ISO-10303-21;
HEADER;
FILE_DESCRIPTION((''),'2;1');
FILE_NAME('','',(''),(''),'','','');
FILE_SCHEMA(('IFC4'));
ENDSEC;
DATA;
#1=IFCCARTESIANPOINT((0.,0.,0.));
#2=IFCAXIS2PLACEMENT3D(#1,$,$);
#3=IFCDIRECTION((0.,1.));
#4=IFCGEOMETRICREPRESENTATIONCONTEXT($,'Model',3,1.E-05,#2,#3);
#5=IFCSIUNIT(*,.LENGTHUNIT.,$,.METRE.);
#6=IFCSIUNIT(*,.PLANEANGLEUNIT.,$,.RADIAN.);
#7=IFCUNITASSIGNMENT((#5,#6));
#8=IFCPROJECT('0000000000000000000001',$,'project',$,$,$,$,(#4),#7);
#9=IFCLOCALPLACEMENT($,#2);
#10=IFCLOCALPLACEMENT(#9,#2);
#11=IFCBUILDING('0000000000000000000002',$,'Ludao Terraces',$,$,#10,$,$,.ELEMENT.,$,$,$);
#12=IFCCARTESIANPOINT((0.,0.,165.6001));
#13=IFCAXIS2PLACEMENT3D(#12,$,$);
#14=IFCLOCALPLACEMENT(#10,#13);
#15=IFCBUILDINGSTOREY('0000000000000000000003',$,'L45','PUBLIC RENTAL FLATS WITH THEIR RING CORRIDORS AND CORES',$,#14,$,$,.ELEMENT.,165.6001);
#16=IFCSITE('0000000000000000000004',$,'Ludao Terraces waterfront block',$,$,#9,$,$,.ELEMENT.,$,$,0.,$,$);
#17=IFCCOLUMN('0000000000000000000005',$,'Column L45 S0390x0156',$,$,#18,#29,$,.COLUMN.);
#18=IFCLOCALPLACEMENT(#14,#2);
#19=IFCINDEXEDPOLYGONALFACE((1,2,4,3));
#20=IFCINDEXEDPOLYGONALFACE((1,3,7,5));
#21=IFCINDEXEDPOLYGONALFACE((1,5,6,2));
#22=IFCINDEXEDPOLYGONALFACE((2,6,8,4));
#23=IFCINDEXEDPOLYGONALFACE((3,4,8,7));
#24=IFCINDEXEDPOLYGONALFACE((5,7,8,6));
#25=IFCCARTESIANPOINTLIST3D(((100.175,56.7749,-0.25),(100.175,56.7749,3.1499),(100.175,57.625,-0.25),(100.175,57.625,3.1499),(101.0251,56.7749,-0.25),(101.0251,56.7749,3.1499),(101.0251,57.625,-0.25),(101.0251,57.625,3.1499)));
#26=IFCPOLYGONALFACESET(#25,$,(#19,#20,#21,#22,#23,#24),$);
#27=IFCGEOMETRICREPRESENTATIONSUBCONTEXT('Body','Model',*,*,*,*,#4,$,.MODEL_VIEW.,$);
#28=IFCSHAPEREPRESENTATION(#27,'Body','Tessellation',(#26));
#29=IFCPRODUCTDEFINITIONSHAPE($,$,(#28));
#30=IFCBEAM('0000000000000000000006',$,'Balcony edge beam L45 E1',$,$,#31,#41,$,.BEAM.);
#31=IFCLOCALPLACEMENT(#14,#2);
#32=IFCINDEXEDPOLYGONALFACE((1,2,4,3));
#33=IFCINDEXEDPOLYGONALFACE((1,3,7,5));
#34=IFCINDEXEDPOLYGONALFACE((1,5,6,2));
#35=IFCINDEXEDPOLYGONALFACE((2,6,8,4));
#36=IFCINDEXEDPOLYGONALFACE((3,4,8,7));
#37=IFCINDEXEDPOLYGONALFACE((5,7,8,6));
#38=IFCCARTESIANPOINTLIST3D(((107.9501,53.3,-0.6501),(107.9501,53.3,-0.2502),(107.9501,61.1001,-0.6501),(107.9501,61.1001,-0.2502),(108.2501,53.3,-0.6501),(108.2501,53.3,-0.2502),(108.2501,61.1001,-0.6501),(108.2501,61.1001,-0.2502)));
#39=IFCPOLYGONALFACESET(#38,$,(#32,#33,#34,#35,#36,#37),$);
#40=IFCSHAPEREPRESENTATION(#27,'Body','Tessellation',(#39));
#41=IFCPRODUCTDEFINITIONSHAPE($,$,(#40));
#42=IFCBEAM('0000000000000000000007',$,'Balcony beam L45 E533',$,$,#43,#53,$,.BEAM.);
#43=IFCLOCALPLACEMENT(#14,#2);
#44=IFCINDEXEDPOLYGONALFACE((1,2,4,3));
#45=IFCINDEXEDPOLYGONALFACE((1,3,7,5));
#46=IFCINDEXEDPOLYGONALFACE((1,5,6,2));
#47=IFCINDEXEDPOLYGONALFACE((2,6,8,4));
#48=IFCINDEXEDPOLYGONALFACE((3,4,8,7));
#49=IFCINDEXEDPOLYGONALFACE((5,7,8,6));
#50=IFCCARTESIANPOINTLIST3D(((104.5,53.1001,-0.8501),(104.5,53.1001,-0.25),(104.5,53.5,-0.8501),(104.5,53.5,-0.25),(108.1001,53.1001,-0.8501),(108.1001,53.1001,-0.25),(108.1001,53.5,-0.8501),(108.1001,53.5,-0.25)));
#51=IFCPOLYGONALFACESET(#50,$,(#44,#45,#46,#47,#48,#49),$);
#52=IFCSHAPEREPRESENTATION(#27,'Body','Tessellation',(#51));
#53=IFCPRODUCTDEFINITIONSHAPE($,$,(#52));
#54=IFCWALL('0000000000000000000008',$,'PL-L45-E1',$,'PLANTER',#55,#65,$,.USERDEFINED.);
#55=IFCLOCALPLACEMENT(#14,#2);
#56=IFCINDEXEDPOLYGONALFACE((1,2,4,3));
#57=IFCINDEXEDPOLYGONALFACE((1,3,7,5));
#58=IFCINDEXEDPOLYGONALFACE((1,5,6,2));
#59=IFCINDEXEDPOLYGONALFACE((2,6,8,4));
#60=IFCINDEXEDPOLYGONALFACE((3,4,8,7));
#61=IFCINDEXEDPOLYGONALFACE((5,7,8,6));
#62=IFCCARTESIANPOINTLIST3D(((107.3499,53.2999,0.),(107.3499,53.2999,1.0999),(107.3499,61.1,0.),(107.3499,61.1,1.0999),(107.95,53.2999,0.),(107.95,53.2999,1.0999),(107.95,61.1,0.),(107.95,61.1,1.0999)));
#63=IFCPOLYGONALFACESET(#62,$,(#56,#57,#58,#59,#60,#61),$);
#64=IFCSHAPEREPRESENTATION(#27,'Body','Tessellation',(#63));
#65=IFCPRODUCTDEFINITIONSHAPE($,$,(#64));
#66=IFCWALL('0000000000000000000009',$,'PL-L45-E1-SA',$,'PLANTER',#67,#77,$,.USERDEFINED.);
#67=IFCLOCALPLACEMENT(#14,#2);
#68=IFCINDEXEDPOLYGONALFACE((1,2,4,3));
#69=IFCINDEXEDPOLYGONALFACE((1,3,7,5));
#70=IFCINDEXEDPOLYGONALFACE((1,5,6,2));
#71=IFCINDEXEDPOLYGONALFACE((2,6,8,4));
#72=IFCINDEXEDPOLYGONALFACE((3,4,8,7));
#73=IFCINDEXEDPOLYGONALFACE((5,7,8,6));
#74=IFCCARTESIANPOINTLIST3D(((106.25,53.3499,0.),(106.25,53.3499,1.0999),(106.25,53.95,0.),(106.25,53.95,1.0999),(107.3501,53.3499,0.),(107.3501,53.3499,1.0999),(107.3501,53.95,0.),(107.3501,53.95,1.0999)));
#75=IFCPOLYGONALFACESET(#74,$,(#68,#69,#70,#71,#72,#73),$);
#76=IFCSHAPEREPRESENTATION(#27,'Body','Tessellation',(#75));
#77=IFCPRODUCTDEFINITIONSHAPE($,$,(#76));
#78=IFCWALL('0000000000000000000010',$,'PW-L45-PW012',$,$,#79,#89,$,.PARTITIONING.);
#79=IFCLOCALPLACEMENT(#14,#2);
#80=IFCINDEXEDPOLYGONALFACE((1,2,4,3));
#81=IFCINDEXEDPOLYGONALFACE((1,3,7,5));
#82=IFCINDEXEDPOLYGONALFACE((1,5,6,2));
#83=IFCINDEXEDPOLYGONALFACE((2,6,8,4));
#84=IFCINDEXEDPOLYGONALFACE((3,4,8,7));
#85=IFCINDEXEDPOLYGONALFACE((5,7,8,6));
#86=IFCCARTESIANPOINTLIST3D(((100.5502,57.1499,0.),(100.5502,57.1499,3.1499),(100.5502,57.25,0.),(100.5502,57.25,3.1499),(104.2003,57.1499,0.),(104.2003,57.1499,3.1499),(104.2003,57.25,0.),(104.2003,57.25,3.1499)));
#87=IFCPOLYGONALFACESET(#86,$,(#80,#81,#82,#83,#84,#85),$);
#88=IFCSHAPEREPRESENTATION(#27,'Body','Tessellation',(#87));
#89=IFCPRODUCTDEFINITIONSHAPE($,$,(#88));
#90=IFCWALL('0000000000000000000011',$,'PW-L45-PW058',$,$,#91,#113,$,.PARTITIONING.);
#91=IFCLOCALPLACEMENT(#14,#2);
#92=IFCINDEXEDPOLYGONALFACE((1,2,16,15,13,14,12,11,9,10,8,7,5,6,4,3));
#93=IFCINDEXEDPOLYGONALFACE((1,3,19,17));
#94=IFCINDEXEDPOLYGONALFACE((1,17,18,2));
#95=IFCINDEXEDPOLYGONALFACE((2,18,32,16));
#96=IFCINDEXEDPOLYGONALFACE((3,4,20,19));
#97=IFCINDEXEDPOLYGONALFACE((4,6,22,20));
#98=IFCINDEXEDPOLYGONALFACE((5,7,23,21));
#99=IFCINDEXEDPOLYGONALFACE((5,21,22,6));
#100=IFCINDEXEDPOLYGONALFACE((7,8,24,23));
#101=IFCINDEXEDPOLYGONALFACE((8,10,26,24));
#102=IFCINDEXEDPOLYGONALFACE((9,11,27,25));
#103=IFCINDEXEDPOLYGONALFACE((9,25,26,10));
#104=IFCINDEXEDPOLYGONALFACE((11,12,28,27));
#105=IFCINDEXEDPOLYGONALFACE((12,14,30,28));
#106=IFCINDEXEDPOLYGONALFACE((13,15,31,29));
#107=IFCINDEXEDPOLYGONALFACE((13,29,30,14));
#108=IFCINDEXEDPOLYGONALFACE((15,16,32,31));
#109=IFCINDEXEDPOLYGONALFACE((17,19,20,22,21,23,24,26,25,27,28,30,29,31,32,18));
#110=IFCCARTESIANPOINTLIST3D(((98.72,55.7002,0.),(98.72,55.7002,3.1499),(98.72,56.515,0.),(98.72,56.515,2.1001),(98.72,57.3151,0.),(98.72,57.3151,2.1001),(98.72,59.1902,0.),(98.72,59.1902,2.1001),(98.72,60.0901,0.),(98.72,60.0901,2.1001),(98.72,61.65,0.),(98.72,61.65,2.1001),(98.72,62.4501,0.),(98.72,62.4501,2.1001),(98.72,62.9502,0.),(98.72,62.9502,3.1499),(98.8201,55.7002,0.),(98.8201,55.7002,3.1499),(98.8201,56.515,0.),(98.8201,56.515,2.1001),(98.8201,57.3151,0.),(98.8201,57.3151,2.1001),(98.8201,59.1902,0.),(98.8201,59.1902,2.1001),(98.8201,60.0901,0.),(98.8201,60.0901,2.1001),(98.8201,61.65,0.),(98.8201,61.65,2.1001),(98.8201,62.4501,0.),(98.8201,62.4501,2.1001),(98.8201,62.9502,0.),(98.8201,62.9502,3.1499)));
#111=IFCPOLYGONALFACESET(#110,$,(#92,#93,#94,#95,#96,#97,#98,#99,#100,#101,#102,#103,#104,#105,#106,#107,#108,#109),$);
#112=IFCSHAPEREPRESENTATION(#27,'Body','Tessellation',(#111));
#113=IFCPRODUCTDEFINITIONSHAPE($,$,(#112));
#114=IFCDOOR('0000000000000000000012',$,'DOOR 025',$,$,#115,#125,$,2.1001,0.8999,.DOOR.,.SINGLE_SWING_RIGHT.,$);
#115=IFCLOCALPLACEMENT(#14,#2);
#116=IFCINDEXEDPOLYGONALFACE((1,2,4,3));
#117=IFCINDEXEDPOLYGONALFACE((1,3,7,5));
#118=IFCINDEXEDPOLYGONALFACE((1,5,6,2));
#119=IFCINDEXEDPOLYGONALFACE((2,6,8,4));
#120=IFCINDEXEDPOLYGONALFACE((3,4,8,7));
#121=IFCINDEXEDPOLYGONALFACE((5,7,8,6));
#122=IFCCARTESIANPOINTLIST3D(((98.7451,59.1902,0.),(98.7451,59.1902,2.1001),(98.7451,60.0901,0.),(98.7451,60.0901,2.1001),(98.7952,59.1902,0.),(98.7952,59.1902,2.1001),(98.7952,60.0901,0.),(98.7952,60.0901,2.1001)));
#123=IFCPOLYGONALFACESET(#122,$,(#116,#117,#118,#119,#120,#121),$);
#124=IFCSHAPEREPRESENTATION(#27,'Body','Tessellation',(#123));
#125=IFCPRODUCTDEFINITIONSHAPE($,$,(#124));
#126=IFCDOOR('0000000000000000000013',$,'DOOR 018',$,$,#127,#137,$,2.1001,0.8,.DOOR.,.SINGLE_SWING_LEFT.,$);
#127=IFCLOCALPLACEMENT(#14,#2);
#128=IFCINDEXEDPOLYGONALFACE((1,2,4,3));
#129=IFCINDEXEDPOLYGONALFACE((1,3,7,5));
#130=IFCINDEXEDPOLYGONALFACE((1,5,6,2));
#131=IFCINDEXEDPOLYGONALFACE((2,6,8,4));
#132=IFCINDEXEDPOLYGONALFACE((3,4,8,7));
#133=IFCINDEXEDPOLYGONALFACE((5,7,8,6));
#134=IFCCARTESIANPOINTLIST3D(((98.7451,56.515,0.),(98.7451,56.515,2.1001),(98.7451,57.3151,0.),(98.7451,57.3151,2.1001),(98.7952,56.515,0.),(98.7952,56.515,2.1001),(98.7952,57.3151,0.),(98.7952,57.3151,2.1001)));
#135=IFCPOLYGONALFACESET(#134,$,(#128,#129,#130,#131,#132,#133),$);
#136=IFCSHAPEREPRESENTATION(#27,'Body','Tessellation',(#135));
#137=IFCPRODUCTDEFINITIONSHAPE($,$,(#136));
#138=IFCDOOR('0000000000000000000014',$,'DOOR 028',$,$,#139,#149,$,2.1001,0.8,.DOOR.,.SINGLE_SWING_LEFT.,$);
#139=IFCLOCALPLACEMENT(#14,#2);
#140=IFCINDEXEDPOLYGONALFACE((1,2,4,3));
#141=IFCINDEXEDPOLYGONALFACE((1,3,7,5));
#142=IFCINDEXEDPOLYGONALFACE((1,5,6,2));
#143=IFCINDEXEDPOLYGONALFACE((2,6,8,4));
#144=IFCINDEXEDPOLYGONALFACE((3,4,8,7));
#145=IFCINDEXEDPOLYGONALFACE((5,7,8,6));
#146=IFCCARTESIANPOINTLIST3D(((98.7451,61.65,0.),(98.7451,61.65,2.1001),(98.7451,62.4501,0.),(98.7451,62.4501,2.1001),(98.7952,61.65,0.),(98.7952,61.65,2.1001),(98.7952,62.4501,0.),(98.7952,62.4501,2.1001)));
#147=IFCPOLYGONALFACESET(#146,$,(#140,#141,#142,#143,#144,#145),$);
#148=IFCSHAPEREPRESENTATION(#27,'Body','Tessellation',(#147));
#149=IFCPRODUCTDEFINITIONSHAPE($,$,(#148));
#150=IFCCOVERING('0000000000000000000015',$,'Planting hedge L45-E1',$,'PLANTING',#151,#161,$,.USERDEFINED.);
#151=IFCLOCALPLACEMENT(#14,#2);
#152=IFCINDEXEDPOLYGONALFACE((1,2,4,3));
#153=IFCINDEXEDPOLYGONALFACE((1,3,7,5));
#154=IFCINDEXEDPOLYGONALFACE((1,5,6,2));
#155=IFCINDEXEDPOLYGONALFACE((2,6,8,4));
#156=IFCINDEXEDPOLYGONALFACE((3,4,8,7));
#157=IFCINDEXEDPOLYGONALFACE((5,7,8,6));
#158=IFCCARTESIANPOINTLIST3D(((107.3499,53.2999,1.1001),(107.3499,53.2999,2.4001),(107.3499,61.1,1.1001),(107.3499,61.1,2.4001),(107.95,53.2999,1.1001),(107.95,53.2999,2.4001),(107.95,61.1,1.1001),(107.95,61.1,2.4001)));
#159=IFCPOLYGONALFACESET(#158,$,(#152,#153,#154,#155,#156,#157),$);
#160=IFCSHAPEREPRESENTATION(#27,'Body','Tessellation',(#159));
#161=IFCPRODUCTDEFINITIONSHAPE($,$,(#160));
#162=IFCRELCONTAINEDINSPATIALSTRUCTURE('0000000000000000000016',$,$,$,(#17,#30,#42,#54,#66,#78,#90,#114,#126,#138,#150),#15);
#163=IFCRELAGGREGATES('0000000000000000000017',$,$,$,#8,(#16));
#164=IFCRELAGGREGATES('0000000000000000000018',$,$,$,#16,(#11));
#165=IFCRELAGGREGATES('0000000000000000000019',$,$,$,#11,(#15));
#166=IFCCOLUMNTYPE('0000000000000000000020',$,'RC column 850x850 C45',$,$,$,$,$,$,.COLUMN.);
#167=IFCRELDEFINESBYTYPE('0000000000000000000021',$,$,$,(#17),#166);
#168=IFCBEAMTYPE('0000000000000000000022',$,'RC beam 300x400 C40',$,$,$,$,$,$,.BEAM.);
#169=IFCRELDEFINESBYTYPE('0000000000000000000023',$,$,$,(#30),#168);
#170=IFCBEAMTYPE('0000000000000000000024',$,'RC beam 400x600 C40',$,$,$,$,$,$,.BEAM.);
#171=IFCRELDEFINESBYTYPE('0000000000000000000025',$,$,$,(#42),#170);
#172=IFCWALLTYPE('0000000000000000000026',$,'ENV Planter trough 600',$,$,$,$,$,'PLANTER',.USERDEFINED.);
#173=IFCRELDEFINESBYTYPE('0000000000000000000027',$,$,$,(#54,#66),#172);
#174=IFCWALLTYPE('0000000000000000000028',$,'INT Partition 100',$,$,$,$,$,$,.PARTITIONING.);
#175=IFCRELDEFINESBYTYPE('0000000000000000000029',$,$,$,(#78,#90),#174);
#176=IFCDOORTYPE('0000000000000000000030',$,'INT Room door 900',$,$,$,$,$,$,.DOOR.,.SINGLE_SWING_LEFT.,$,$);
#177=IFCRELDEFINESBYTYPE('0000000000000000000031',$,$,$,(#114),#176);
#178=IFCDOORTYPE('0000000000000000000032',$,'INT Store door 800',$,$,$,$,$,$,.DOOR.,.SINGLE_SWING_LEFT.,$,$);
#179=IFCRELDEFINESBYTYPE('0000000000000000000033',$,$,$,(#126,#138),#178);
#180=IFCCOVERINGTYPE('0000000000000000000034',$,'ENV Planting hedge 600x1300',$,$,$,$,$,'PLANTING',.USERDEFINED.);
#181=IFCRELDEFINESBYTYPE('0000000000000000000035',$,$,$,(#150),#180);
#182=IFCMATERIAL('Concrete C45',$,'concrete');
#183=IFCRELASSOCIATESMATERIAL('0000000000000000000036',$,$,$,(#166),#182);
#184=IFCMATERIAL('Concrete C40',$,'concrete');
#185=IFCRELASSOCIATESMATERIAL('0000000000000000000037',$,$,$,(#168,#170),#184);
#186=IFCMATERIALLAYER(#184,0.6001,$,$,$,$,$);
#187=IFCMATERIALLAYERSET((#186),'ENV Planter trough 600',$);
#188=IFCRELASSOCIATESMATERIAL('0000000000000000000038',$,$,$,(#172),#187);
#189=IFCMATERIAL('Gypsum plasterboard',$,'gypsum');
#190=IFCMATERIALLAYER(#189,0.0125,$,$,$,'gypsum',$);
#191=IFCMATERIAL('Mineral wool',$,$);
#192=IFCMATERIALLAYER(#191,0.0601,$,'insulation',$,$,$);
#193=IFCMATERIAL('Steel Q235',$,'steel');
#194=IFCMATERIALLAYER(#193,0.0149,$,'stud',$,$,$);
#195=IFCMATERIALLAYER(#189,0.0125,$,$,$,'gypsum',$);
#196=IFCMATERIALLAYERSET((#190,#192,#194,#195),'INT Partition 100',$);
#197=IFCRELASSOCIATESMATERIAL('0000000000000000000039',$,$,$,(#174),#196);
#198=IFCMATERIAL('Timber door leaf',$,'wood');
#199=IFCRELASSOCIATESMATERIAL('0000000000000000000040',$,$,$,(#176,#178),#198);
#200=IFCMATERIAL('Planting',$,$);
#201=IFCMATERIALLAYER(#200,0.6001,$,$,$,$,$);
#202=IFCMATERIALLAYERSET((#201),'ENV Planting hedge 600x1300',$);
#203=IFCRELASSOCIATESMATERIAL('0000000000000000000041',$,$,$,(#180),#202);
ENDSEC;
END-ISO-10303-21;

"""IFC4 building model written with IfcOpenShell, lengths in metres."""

from ifc_helpers import new_model, si_unit, direction, frame, frame_2d, origin, origin_2d, place, context, subcontext, project, spatial, rectangle, extrude, material, layer, layer_set, material_profile, profile_set, type_object, element, fill, save


model = new_model("IFC4")

# Units and contexts
model_context = context("Model", 3, precision=1e-05, world=origin(), true_north=direction((0.0, 1.0)))
body_context = subcontext(model_context, "Body", "Model", "MODEL_VIEW")
ifc_project = project(units=[si_unit("LENGTHUNIT", "METRE"), si_unit("PLANEANGLEUNIT", "RADIAN")], contexts=[model_context])

# Site, building, storey
site_placement = place(None, origin())
site = spatial("IfcSite", under=ifc_project, at=site_placement, Name="Ludao Terraces waterfront block", CompositionType="ELEMENT", RefElevation=0.0)
building_placement = place(site_placement, origin())
building = spatial("IfcBuilding", under=site, at=building_placement, Name="Ludao Terraces", CompositionType="ELEMENT")
storey_placement = place(building_placement, frame((0.0, 0.0, 165.6001)))
storey = spatial("IfcBuildingStorey", under=building, at=storey_placement, Name="L45", Description="PUBLIC RENTAL FLATS WITH THEIR RING CORRIDORS AND CORES", CompositionType="ELEMENT", Elevation=165.6001)

# Column
ifc_material_1 = material(Name="Concrete C45", Category="concrete")
ifc_material_profile_1 = material_profile(ifc_material_1, rectangle(XDim=0.8501, YDim=0.8501, at=origin_2d()), Name="850 X 850")
ifc_profile_set_1 = profile_set([ifc_material_profile_1], Name="Concrete C45")
column_type = type_object("IfcColumnType", Name="RC column 850x850 C45", PredefinedType="COLUMN", material=ifc_profile_set_1)
column_placement = place(storey_placement, frame((100.6001, 57.2, -0.25), z_axis=(0.0, 0.0, 1.0), x_axis=(1.0, 0.0, 0.0)))
element("IfcColumn", 1, at=column_placement, inside=storey, type_object=column_type, Name="Column L45 S0390x0156", PredefinedType="COLUMN", context=body_context, shape_type="SweptSolid", body=[
    extrude(rectangle(XDim=0.8501, YDim=0.8501, at=origin_2d()), origin(), (0.0, 0.0, 1.0), 3.3999),
])

# Beams
ifc_material_2 = material(Name="Concrete C40", Category="concrete")
ifc_material_profile_2 = material_profile(ifc_material_2, rectangle(XDim=0.3, YDim=0.3999, at=origin_2d()), Name="300 X 400")
ifc_profile_set_2 = profile_set([ifc_material_profile_2], Name="Concrete C40")
beam_type_1 = type_object("IfcBeamType", Name="RC beam 300x400 C40", PredefinedType="BEAM", material=ifc_profile_set_2)
beam_1_placement = place(storey_placement, frame((108.1001, 53.3, -0.4502), z_axis=(0.0, 1.0, 0.0), x_axis=(-1.0, 0.0, 0.0)))
element("IfcBeam", 2, at=beam_1_placement, inside=storey, type_object=beam_type_1, Name="Balcony edge beam L45 E1", PredefinedType="BEAM", context=body_context, shape_type="SweptSolid", body=[
    extrude(rectangle(XDim=0.3, YDim=0.3999, at=origin_2d()), origin(), (0.0, 0.0, 1.0), 7.8),
])
ifc_material_profile_3 = material_profile(ifc_material_2, rectangle(XDim=0.3999, YDim=0.6001, at=origin_2d()), Name="400 X 600")
ifc_profile_set_3 = profile_set([ifc_material_profile_3], Name="Concrete C40")
beam_type_2 = type_object("IfcBeamType", Name="RC beam 400x600 C40", PredefinedType="BEAM", material=ifc_profile_set_3)
beam_2_placement = place(storey_placement, frame((104.5, 53.3, -0.55), z_axis=(1.0, 0.0, 0.0), x_axis=(0.0, 1.0, 0.0)))
element("IfcBeam", 3, at=beam_2_placement, inside=storey, type_object=beam_type_2, Name="Balcony beam L45 E533", PredefinedType="BEAM", context=body_context, shape_type="SweptSolid", body=[
    extrude(rectangle(XDim=0.3999, YDim=0.6001, at=origin_2d()), origin(), (0.0, 0.0, 1.0), 3.6001),
])

# Walls
ifc_layer_1 = layer(ifc_material_2, 0.6001)
ifc_layer_set_1 = layer_set([ifc_layer_1], Name="ENV Planter trough 600")
wall_type_1 = type_object("IfcWallType", Name="ENV Planter trough 600", ElementType="PLANTER", PredefinedType="USERDEFINED", material=ifc_layer_set_1)
wall_1_placement = place(storey_placement, frame((107.6499, 53.3, 0.0), z_axis=(0.0, 0.0, 1.0), x_axis=(0.0, 1.0, 0.0)))
element("IfcWall", 4, at=wall_1_placement, inside=storey, type_object=wall_type_1, Name="PL-L45-E1", ObjectType="PLANTER", PredefinedType="USERDEFINED", context=body_context, shape_type="SweptSolid", body=[
    extrude(rectangle(XDim=7.8, YDim=0.6001, at=frame_2d((3.8999, 0.0))), origin(), (0.0, 0.0, 1.0), 1.0999),
])
wall_2_placement = place(storey_placement, frame((107.3501, 53.6499, 0.0), z_axis=(0.0, 0.0, 1.0), x_axis=(-1.0, 0.0, 0.0)))
element("IfcWall", 5, at=wall_2_placement, inside=storey, type_object=wall_type_1, Name="PL-L45-E1-SA", ObjectType="PLANTER", PredefinedType="USERDEFINED", context=body_context, shape_type="SweptSolid", body=[
    extrude(rectangle(XDim=1.1001, YDim=0.6001, at=frame_2d((0.55, 0.0))), origin(), (0.0, 0.0, 1.0), 1.0999),
])

# Shared definitions
ifc_material_3 = material(Name="Mineral wool")

# Wall
ifc_material_4 = material(Name="Gypsum plasterboard", Category="gypsum")
ifc_layer_2 = layer(ifc_material_4, 0.0125, Category="gypsum")
ifc_layer_3 = layer(ifc_material_3, 0.0601, Name="insulation")
ifc_material_5 = material(Name="Steel Q235", Category="steel")
ifc_layer_4 = layer(ifc_material_5, 0.0149, Name="stud")
ifc_layer_5 = layer(ifc_material_4, 0.0125, Category="gypsum")
ifc_layer_set_2 = layer_set([ifc_layer_2, ifc_layer_3, ifc_layer_4, ifc_layer_5], Name="INT Partition 100")
wall_type_2 = type_object("IfcWallType", Name="INT Partition 100", PredefinedType="PARTITIONING", material=ifc_layer_set_2)
wall_3_placement = place(storey_placement, frame((100.55, 57.2, 0.0), z_axis=(0.0, 0.0, 1.0), x_axis=(1.0, 0.0, 0.0)))
element("IfcWall", 6, at=wall_3_placement, inside=storey, type_object=wall_type_2, Name="PW-L45-PW012", PredefinedType="PARTITIONING", context=body_context, shape_type="SweptSolid", body=[
    extrude(rectangle(XDim=3.6501, YDim=0.1001, at=frame_2d((1.8252, 0.0))), origin(), (0.0, 0.0, 1.0), 3.1499),
])

# Wall, openings, doors
wall_4_placement = place(storey_placement, frame((98.77, 55.7002, 0.0), z_axis=(0.0, 0.0, 1.0), x_axis=(0.0, 1.0, 0.0)))
wall_4 = element("IfcWall", 7, at=wall_4_placement, inside=storey, type_object=wall_type_2, Name="PW-L45-PW058", PredefinedType="PARTITIONING", context=body_context, shape_type="SweptSolid", body=[
    extrude(rectangle(XDim=7.25, YDim=0.1001, at=frame_2d((3.625, 0.0))), origin(), (0.0, 0.0, 1.0), 3.1499),
])
opening_1_placement = place(wall_4_placement, frame((0.8149, 0.0, 0.0)))
opening_1 = element("IfcOpeningElement", 8, at=opening_1_placement, cuts=wall_4, PredefinedType="OPENING", context=body_context, shape_type="SweptSolid", body=[
    extrude(rectangle(XDim=0.8, YDim=2.1001, at=frame_2d((0.3999, 1.05))), frame((0.0, 0.0601, 0.0), z_axis=(0.0, -1.0, 0.0), x_axis=(1.0, 0.0, 0.0)), (0.0, 0.0, 1.0), 0.1201),
])
opening_2_placement = place(wall_4_placement, frame((3.49, 0.0, 0.0)))
opening_2 = element("IfcOpeningElement", 9, at=opening_2_placement, cuts=wall_4, PredefinedType="OPENING", context=body_context, shape_type="SweptSolid", body=[
    extrude(rectangle(XDim=0.8999, YDim=2.1001, at=frame_2d((0.45, 1.05))), frame((0.0, 0.0601, 0.0), z_axis=(0.0, -1.0, 0.0), x_axis=(1.0, 0.0, 0.0)), (0.0, 0.0, 1.0), 0.1201),
])
opening_3_placement = place(wall_4_placement, frame((5.95, 0.0, 0.0)))
opening_3 = element("IfcOpeningElement", 10, at=opening_3_placement, cuts=wall_4, PredefinedType="OPENING", context=body_context, shape_type="SweptSolid", body=[
    extrude(rectangle(XDim=0.8, YDim=2.1001, at=frame_2d((0.3999, 1.05))), frame((0.0, 0.0601, 0.0), z_axis=(0.0, -1.0, 0.0), x_axis=(1.0, 0.0, 0.0)), (0.0, 0.0, 1.0), 0.1201),
])
ifc_material_6 = material(Name="Timber door leaf", Category="wood")
door_type_1 = type_object("IfcDoorType", Name="INT Room door 900", OperationType="SINGLE_SWING_LEFT", PredefinedType="DOOR", material=ifc_material_6)
door_1_placement = place(opening_2_placement, origin())
door_1 = element("IfcDoor", 11, at=door_1_placement, inside=storey, type_object=door_type_1, Name="DOOR 025", OperationType="SINGLE_SWING_RIGHT", OverallHeight=2.1001, OverallWidth=0.8999, PredefinedType="DOOR", context=body_context, shape_type="SweptSolid", body=[
    extrude(rectangle(XDim=0.8999, YDim=2.1001, at=frame_2d((0.45, 1.05))), frame((0.0, 0.0249, 0.0), z_axis=(0.0, -1.0, 0.0), x_axis=(1.0, 0.0, 0.0)), (0.0, 0.0, 1.0), 0.05),
])
fill(opening_2, door_1)
door_type_2 = type_object("IfcDoorType", Name="INT Store door 800", OperationType="SINGLE_SWING_LEFT", PredefinedType="DOOR", material=ifc_material_6)
door_2_placement = place(opening_1_placement, origin())
door_2 = element("IfcDoor", 12, at=door_2_placement, inside=storey, type_object=door_type_2, Name="DOOR 018", OperationType="SINGLE_SWING_LEFT", OverallHeight=2.1001, OverallWidth=0.8, PredefinedType="DOOR", context=body_context, shape_type="SweptSolid", body=[
    extrude(rectangle(XDim=0.8, YDim=2.1001, at=frame_2d((0.3999, 1.05))), frame((0.0, 0.0249, 0.0), z_axis=(0.0, -1.0, 0.0), x_axis=(1.0, 0.0, 0.0)), (0.0, 0.0, 1.0), 0.05),
])
fill(opening_1, door_2)
door_3_placement = place(opening_3_placement, origin())
door_3 = element("IfcDoor", 13, at=door_3_placement, inside=storey, type_object=door_type_2, Name="DOOR 028", OperationType="SINGLE_SWING_LEFT", OverallHeight=2.1001, OverallWidth=0.8, PredefinedType="DOOR", context=body_context, shape_type="SweptSolid", body=[
    extrude(rectangle(XDim=0.8, YDim=2.1001, at=frame_2d((0.3999, 1.05))), frame((0.0, 0.0249, 0.0), z_axis=(0.0, -1.0, 0.0), x_axis=(1.0, 0.0, 0.0)), (0.0, 0.0, 1.0), 0.05),
])
fill(opening_3, door_3)

# Covering
ifc_material_7 = material(Name="Planting")
ifc_layer_6 = layer(ifc_material_7, 0.6001)
ifc_layer_set_3 = layer_set([ifc_layer_6], Name="ENV Planting hedge 600x1300")
covering_type = type_object("IfcCoveringType", Name="ENV Planting hedge 600x1300", ElementType="PLANTING", PredefinedType="USERDEFINED", material=ifc_layer_set_3)
covering_placement = place(storey_placement, frame((107.6499, 57.2, 1.1001), z_axis=(0.0, 0.0, 1.0), x_axis=(1.0, 0.0, 0.0)))
element("IfcCovering", 14, at=covering_placement, inside=storey, type_object=covering_type, Name="Planting hedge L45-E1", ObjectType="PLANTING", PredefinedType="USERDEFINED", context=body_context, shape_type="SweptSolid", body=[
    extrude(rectangle(XDim=0.6001, YDim=7.8, at=origin_2d()), origin(), (0.0, 0.0, 1.0), 1.3),
])

save(model, "model.ifc")
